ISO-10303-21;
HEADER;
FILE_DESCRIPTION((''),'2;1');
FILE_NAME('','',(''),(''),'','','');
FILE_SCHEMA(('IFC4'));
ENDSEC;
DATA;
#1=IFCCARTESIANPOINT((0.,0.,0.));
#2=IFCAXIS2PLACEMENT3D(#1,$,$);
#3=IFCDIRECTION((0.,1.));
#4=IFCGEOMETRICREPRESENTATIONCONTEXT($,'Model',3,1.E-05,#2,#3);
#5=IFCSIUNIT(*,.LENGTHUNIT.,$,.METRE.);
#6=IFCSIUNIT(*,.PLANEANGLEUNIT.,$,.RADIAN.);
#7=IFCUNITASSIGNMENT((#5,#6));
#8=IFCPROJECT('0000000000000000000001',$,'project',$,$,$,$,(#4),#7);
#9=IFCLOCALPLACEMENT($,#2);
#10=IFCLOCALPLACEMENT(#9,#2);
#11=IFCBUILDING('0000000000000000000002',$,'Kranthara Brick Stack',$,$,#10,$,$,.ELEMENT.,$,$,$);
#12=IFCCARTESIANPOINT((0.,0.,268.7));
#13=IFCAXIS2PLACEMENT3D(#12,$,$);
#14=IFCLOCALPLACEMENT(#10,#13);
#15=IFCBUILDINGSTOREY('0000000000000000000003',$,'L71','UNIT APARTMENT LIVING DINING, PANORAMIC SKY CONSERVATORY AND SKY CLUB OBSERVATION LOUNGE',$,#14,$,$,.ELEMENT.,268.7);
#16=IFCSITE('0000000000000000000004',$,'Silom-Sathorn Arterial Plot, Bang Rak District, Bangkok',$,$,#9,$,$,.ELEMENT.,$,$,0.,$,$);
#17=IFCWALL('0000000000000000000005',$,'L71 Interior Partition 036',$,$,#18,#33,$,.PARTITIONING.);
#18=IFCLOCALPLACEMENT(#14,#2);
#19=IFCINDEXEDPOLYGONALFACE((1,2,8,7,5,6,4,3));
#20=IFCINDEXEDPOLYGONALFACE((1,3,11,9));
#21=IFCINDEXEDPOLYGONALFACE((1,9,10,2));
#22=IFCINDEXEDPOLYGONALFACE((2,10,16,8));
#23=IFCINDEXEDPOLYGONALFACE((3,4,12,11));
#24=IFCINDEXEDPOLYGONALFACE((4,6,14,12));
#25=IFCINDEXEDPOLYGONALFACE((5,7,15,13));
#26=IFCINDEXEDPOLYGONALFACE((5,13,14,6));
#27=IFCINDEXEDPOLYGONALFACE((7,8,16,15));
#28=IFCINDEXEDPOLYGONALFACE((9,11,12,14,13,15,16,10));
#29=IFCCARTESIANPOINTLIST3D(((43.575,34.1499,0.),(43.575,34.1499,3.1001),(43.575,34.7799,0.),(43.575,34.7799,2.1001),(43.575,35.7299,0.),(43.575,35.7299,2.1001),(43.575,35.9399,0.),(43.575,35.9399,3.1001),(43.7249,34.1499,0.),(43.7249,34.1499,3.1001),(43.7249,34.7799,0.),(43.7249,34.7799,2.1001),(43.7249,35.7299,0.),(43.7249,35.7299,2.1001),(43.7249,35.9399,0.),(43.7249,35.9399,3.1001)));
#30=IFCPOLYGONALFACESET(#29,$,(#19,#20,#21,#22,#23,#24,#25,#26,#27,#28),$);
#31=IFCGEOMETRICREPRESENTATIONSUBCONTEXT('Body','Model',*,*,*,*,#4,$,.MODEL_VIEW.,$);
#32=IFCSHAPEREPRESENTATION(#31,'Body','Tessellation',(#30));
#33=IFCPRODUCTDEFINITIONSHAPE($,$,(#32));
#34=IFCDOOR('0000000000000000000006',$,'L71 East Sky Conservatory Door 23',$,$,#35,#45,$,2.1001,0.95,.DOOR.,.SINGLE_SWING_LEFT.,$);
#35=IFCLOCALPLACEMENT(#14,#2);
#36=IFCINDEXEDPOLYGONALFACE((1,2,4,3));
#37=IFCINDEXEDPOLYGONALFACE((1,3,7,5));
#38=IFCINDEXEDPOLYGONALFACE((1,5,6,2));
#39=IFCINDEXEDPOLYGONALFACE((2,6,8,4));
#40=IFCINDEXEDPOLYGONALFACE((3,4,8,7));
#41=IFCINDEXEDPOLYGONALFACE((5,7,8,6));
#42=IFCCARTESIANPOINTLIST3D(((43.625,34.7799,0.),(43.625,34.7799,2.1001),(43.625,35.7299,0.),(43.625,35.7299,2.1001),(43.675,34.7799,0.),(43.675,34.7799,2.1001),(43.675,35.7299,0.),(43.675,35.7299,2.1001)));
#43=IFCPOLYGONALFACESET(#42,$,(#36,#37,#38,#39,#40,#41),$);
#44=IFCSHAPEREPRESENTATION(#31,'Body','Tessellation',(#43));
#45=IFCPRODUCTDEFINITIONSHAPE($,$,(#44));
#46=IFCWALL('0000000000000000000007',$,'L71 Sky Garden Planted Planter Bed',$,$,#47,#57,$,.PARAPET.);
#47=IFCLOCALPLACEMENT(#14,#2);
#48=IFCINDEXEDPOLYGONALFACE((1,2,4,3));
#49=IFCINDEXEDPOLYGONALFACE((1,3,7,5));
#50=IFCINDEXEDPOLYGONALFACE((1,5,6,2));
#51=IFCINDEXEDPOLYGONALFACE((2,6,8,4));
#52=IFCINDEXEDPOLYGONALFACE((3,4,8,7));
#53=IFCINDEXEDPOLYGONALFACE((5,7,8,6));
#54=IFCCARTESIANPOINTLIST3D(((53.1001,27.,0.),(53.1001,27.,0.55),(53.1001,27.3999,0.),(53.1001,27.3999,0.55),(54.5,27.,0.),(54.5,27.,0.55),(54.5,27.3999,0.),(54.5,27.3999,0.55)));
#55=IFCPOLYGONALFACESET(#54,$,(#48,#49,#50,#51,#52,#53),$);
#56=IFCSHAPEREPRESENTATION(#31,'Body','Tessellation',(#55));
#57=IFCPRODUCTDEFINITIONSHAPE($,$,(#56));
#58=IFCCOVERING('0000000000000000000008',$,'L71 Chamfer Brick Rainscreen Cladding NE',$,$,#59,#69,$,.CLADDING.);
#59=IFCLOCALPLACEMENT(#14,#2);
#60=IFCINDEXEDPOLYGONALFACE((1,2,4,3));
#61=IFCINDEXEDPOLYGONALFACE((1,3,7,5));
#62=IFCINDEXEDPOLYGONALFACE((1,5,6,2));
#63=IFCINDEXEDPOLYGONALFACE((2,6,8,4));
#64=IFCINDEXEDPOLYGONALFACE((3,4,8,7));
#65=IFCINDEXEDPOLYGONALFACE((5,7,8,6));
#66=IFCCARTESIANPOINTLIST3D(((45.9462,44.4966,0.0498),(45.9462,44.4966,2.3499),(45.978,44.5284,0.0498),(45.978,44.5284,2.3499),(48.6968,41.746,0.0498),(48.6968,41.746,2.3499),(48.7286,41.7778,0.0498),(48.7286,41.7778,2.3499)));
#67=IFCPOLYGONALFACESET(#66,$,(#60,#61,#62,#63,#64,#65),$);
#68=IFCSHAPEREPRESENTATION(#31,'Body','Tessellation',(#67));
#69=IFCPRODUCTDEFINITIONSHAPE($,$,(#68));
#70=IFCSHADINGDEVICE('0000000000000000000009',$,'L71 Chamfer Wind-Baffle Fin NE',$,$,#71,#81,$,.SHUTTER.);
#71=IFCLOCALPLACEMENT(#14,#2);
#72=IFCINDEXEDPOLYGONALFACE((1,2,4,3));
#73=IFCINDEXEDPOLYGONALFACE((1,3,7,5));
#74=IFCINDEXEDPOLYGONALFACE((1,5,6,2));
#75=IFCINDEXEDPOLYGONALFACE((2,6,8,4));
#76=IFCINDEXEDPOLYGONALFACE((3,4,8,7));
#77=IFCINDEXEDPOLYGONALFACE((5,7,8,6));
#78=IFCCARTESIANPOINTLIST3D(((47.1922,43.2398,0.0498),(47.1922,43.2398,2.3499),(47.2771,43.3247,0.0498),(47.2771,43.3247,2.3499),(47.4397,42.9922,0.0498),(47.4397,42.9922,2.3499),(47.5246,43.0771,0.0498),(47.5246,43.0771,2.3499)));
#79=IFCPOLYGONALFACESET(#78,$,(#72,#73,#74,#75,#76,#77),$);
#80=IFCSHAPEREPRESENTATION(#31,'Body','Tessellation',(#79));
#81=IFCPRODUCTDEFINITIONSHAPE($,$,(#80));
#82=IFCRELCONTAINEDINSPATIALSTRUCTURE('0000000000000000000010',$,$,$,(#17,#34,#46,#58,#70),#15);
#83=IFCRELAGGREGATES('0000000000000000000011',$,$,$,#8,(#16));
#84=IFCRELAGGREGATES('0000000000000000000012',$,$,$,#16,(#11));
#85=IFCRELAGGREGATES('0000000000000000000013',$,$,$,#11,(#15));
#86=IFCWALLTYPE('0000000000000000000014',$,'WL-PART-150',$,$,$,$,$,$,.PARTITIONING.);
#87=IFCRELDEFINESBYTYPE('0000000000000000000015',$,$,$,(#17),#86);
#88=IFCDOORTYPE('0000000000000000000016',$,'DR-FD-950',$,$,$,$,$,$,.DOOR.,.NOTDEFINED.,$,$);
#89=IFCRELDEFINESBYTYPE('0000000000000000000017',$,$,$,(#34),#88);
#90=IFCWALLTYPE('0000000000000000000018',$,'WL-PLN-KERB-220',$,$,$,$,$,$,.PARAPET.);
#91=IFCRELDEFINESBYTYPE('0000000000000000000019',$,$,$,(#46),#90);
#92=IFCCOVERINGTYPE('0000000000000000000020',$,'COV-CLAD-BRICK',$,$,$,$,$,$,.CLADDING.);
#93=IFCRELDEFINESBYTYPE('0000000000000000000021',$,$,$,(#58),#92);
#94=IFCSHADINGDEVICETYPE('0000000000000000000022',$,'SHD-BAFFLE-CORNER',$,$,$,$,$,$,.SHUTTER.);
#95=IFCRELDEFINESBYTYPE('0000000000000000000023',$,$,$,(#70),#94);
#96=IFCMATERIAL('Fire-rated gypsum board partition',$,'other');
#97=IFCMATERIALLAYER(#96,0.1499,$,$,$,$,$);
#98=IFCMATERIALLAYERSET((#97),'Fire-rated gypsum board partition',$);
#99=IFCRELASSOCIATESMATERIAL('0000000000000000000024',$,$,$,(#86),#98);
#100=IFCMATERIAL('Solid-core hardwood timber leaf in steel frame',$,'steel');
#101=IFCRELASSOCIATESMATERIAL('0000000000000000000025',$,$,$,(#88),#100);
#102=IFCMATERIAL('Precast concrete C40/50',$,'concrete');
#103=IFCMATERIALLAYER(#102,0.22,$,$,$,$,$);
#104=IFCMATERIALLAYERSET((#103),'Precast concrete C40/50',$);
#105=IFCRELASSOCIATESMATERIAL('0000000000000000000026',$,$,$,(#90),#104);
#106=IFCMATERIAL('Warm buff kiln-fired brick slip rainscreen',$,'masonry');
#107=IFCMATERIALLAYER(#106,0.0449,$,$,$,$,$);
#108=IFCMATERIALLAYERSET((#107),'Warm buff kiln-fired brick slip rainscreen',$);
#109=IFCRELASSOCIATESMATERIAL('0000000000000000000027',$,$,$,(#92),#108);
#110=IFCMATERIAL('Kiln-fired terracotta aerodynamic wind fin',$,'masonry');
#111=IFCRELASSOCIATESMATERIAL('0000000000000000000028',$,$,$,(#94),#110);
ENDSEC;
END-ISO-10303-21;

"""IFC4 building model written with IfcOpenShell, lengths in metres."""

from ifc_helpers import new_model, si_unit, direction, frame, frame_2d, origin, origin_2d, place, context, subcontext, project, spatial, rectangle, extrude, material, layer, layer_set, type_object, element, fill, save


model = new_model("IFC4")

# Units and contexts
model_context = context("Model", 3, precision=1e-05, world=origin(), true_north=direction((0.0, 1.0)))
body_context = subcontext(model_context, "Body", "Model", "MODEL_VIEW")
ifc_project = project(units=[si_unit("LENGTHUNIT", "METRE"), si_unit("PLANEANGLEUNIT", "RADIAN")], contexts=[model_context])

# Site, building, storey
site_placement = place(None, origin())
site = spatial("IfcSite", under=ifc_project, at=site_placement, Name="Silom-Sathorn Arterial Plot, Bang Rak District, Bangkok", CompositionType="ELEMENT", RefElevation=0.0)
building_placement = place(site_placement, origin())
building = spatial("IfcBuilding", under=site, at=building_placement, Name="Kranthara Brick Stack", CompositionType="ELEMENT")
storey_placement = place(building_placement, frame((0.0, 0.0, 268.7)))
storey = spatial("IfcBuildingStorey", under=building, at=storey_placement, Name="L71", Description="UNIT APARTMENT LIVING DINING, PANORAMIC SKY CONSERVATORY AND SKY CLUB OBSERVATION LOUNGE", CompositionType="ELEMENT", Elevation=268.7)

# Shared definitions
ifc_material_1 = material(Name="Fire-rated gypsum board partition", Category="other")
ifc_layer_1 = layer(ifc_material_1, 0.1499)
ifc_layer_set_1 = layer_set([ifc_layer_1], Name="Fire-rated gypsum board partition")
wall_type_1 = type_object("IfcWallType", Name="WL-PART-150", PredefinedType="PARTITIONING", material=ifc_layer_set_1)

# Wall, opening, door
wall_1_placement = place(storey_placement, frame((43.6499, 34.1499, 0.0), z_axis=(0.0, 0.0, 1.0), x_axis=(0.0, 1.0, 0.0)))
wall_1 = element("IfcWall", 1, at=wall_1_placement, inside=storey, type_object=wall_type_1, Name="L71 Interior Partition 036", PredefinedType="PARTITIONING", context=body_context, shape_type="SweptSolid", body=[
    extrude(rectangle(XDim=1.79, YDim=0.1499, at=frame_2d((0.895, 0.0))), origin(), (0.0, 0.0, 1.0), 3.1001),
])
opening_1_placement = place(wall_1_placement, frame((0.6299, 0.0, 0.0)))
opening_1 = element("IfcOpeningElement", 2, at=opening_1_placement, cuts=wall_1, PredefinedType="OPENING", context=body_context, shape_type="SweptSolid", body=[
    extrude(rectangle(XDim=0.95, YDim=2.1001, at=frame_2d((0.4751, 1.05))), frame((0.0, 0.085, 0.0), z_axis=(0.0, -1.0, 0.0), x_axis=(1.0, 0.0, 0.0)), (0.0, 0.0, 1.0), 0.1699),
])
ifc_material_2 = material(Name="Solid-core hardwood timber leaf in steel frame", Category="steel")
door_type_1 = type_object("IfcDoorType", Name="DR-FD-950", OperationType="NOTDEFINED", PredefinedType="DOOR", material=ifc_material_2)
door_1_placement = place(opening_1_placement, origin())
door_1 = element("IfcDoor", 3, at=door_1_placement, inside=storey, type_object=door_type_1, Name="L71 East Sky Conservatory Door 23", OperationType="SINGLE_SWING_LEFT", OverallHeight=2.1001, OverallWidth=0.95, PredefinedType="DOOR", context=body_context, shape_type="SweptSolid", body=[
    extrude(rectangle(XDim=0.95, YDim=2.1001, at=frame_2d((0.4751, 1.05))), frame((0.0, 0.0249, 0.0), z_axis=(0.0, -1.0, 0.0), x_axis=(1.0, 0.0, 0.0)), (0.0, 0.0, 1.0), 0.05),
])
fill(opening_1, door_1)

# Wall
ifc_material_3 = material(Name="Precast concrete C40/50", Category="concrete")
ifc_layer_2 = layer(ifc_material_3, 0.22)
ifc_layer_set_2 = layer_set([ifc_layer_2], Name="Precast concrete C40/50")
wall_type_2 = type_object("IfcWallType", Name="WL-PLN-KERB-220", PredefinedType="PARAPET", material=ifc_layer_set_2)
wall_2_placement = place(storey_placement, frame((53.1001, 27.2, 0.0), z_axis=(0.0, 0.0, 1.0), x_axis=(1.0, 0.0, 0.0)))
element("IfcWall", 4, at=wall_2_placement, inside=storey, type_object=wall_type_2, Name="L71 Sky Garden Planted Planter Bed", PredefinedType="PARAPET", context=body_context, shape_type="SweptSolid", body=[
    extrude(rectangle(XDim=1.3999, YDim=0.3999, at=frame_2d((0.7, 0.0))), origin(), (0.0, 0.0, 1.0), 0.55),
])

# Covering
ifc_material_4 = material(Name="Warm buff kiln-fired brick slip rainscreen", Category="masonry")
ifc_layer_3 = layer(ifc_material_4, 0.0449)
ifc_layer_set_3 = layer_set([ifc_layer_3], Name="Warm buff kiln-fired brick slip rainscreen")
covering_type = type_object("IfcCoveringType", Name="COV-CLAD-BRICK", PredefinedType="CLADDING", material=ifc_layer_set_3)
covering_placement = place(storey_placement, frame((47.3374, 43.1372, 0.0498), z_axis=(0.0, 0.0, 1.0), x_axis=(0.707107, -0.707107, 0.0)))
element("IfcCovering", 5, at=covering_placement, inside=storey, type_object=covering_type, Name="L71 Chamfer Brick Rainscreen Cladding NE", PredefinedType="CLADDING", context=body_context, shape_type="SweptSolid", body=[
    extrude(rectangle(XDim=3.8899, YDim=0.0449, at=origin_2d()), origin(), (0.0, 0.0, 1.0), 2.3),
])

# Shading device
ifc_material_5 = material(Name="Kiln-fired terracotta aerodynamic wind fin", Category="masonry")
shading_device_type = type_object("IfcShadingDeviceType", Name="SHD-BAFFLE-CORNER", PredefinedType="SHUTTER", material=ifc_material_5)
shading_device_placement = place(storey_placement, frame((47.3584, 43.1584, 0.0498), z_axis=(0.0, 0.0, 1.0), x_axis=(0.707107, -0.707107, 0.0)))
element("IfcShadingDevice", 6, at=shading_device_placement, inside=storey, type_object=shading_device_type, Name="L71 Chamfer Wind-Baffle Fin NE", PredefinedType="SHUTTER", context=body_context, shape_type="SweptSolid", body=[
    extrude(rectangle(XDim=0.3501, YDim=0.1201, at=origin_2d()), origin(), (0.0, 0.0, 1.0), 2.3),
])

save(model, "model.ifc")
